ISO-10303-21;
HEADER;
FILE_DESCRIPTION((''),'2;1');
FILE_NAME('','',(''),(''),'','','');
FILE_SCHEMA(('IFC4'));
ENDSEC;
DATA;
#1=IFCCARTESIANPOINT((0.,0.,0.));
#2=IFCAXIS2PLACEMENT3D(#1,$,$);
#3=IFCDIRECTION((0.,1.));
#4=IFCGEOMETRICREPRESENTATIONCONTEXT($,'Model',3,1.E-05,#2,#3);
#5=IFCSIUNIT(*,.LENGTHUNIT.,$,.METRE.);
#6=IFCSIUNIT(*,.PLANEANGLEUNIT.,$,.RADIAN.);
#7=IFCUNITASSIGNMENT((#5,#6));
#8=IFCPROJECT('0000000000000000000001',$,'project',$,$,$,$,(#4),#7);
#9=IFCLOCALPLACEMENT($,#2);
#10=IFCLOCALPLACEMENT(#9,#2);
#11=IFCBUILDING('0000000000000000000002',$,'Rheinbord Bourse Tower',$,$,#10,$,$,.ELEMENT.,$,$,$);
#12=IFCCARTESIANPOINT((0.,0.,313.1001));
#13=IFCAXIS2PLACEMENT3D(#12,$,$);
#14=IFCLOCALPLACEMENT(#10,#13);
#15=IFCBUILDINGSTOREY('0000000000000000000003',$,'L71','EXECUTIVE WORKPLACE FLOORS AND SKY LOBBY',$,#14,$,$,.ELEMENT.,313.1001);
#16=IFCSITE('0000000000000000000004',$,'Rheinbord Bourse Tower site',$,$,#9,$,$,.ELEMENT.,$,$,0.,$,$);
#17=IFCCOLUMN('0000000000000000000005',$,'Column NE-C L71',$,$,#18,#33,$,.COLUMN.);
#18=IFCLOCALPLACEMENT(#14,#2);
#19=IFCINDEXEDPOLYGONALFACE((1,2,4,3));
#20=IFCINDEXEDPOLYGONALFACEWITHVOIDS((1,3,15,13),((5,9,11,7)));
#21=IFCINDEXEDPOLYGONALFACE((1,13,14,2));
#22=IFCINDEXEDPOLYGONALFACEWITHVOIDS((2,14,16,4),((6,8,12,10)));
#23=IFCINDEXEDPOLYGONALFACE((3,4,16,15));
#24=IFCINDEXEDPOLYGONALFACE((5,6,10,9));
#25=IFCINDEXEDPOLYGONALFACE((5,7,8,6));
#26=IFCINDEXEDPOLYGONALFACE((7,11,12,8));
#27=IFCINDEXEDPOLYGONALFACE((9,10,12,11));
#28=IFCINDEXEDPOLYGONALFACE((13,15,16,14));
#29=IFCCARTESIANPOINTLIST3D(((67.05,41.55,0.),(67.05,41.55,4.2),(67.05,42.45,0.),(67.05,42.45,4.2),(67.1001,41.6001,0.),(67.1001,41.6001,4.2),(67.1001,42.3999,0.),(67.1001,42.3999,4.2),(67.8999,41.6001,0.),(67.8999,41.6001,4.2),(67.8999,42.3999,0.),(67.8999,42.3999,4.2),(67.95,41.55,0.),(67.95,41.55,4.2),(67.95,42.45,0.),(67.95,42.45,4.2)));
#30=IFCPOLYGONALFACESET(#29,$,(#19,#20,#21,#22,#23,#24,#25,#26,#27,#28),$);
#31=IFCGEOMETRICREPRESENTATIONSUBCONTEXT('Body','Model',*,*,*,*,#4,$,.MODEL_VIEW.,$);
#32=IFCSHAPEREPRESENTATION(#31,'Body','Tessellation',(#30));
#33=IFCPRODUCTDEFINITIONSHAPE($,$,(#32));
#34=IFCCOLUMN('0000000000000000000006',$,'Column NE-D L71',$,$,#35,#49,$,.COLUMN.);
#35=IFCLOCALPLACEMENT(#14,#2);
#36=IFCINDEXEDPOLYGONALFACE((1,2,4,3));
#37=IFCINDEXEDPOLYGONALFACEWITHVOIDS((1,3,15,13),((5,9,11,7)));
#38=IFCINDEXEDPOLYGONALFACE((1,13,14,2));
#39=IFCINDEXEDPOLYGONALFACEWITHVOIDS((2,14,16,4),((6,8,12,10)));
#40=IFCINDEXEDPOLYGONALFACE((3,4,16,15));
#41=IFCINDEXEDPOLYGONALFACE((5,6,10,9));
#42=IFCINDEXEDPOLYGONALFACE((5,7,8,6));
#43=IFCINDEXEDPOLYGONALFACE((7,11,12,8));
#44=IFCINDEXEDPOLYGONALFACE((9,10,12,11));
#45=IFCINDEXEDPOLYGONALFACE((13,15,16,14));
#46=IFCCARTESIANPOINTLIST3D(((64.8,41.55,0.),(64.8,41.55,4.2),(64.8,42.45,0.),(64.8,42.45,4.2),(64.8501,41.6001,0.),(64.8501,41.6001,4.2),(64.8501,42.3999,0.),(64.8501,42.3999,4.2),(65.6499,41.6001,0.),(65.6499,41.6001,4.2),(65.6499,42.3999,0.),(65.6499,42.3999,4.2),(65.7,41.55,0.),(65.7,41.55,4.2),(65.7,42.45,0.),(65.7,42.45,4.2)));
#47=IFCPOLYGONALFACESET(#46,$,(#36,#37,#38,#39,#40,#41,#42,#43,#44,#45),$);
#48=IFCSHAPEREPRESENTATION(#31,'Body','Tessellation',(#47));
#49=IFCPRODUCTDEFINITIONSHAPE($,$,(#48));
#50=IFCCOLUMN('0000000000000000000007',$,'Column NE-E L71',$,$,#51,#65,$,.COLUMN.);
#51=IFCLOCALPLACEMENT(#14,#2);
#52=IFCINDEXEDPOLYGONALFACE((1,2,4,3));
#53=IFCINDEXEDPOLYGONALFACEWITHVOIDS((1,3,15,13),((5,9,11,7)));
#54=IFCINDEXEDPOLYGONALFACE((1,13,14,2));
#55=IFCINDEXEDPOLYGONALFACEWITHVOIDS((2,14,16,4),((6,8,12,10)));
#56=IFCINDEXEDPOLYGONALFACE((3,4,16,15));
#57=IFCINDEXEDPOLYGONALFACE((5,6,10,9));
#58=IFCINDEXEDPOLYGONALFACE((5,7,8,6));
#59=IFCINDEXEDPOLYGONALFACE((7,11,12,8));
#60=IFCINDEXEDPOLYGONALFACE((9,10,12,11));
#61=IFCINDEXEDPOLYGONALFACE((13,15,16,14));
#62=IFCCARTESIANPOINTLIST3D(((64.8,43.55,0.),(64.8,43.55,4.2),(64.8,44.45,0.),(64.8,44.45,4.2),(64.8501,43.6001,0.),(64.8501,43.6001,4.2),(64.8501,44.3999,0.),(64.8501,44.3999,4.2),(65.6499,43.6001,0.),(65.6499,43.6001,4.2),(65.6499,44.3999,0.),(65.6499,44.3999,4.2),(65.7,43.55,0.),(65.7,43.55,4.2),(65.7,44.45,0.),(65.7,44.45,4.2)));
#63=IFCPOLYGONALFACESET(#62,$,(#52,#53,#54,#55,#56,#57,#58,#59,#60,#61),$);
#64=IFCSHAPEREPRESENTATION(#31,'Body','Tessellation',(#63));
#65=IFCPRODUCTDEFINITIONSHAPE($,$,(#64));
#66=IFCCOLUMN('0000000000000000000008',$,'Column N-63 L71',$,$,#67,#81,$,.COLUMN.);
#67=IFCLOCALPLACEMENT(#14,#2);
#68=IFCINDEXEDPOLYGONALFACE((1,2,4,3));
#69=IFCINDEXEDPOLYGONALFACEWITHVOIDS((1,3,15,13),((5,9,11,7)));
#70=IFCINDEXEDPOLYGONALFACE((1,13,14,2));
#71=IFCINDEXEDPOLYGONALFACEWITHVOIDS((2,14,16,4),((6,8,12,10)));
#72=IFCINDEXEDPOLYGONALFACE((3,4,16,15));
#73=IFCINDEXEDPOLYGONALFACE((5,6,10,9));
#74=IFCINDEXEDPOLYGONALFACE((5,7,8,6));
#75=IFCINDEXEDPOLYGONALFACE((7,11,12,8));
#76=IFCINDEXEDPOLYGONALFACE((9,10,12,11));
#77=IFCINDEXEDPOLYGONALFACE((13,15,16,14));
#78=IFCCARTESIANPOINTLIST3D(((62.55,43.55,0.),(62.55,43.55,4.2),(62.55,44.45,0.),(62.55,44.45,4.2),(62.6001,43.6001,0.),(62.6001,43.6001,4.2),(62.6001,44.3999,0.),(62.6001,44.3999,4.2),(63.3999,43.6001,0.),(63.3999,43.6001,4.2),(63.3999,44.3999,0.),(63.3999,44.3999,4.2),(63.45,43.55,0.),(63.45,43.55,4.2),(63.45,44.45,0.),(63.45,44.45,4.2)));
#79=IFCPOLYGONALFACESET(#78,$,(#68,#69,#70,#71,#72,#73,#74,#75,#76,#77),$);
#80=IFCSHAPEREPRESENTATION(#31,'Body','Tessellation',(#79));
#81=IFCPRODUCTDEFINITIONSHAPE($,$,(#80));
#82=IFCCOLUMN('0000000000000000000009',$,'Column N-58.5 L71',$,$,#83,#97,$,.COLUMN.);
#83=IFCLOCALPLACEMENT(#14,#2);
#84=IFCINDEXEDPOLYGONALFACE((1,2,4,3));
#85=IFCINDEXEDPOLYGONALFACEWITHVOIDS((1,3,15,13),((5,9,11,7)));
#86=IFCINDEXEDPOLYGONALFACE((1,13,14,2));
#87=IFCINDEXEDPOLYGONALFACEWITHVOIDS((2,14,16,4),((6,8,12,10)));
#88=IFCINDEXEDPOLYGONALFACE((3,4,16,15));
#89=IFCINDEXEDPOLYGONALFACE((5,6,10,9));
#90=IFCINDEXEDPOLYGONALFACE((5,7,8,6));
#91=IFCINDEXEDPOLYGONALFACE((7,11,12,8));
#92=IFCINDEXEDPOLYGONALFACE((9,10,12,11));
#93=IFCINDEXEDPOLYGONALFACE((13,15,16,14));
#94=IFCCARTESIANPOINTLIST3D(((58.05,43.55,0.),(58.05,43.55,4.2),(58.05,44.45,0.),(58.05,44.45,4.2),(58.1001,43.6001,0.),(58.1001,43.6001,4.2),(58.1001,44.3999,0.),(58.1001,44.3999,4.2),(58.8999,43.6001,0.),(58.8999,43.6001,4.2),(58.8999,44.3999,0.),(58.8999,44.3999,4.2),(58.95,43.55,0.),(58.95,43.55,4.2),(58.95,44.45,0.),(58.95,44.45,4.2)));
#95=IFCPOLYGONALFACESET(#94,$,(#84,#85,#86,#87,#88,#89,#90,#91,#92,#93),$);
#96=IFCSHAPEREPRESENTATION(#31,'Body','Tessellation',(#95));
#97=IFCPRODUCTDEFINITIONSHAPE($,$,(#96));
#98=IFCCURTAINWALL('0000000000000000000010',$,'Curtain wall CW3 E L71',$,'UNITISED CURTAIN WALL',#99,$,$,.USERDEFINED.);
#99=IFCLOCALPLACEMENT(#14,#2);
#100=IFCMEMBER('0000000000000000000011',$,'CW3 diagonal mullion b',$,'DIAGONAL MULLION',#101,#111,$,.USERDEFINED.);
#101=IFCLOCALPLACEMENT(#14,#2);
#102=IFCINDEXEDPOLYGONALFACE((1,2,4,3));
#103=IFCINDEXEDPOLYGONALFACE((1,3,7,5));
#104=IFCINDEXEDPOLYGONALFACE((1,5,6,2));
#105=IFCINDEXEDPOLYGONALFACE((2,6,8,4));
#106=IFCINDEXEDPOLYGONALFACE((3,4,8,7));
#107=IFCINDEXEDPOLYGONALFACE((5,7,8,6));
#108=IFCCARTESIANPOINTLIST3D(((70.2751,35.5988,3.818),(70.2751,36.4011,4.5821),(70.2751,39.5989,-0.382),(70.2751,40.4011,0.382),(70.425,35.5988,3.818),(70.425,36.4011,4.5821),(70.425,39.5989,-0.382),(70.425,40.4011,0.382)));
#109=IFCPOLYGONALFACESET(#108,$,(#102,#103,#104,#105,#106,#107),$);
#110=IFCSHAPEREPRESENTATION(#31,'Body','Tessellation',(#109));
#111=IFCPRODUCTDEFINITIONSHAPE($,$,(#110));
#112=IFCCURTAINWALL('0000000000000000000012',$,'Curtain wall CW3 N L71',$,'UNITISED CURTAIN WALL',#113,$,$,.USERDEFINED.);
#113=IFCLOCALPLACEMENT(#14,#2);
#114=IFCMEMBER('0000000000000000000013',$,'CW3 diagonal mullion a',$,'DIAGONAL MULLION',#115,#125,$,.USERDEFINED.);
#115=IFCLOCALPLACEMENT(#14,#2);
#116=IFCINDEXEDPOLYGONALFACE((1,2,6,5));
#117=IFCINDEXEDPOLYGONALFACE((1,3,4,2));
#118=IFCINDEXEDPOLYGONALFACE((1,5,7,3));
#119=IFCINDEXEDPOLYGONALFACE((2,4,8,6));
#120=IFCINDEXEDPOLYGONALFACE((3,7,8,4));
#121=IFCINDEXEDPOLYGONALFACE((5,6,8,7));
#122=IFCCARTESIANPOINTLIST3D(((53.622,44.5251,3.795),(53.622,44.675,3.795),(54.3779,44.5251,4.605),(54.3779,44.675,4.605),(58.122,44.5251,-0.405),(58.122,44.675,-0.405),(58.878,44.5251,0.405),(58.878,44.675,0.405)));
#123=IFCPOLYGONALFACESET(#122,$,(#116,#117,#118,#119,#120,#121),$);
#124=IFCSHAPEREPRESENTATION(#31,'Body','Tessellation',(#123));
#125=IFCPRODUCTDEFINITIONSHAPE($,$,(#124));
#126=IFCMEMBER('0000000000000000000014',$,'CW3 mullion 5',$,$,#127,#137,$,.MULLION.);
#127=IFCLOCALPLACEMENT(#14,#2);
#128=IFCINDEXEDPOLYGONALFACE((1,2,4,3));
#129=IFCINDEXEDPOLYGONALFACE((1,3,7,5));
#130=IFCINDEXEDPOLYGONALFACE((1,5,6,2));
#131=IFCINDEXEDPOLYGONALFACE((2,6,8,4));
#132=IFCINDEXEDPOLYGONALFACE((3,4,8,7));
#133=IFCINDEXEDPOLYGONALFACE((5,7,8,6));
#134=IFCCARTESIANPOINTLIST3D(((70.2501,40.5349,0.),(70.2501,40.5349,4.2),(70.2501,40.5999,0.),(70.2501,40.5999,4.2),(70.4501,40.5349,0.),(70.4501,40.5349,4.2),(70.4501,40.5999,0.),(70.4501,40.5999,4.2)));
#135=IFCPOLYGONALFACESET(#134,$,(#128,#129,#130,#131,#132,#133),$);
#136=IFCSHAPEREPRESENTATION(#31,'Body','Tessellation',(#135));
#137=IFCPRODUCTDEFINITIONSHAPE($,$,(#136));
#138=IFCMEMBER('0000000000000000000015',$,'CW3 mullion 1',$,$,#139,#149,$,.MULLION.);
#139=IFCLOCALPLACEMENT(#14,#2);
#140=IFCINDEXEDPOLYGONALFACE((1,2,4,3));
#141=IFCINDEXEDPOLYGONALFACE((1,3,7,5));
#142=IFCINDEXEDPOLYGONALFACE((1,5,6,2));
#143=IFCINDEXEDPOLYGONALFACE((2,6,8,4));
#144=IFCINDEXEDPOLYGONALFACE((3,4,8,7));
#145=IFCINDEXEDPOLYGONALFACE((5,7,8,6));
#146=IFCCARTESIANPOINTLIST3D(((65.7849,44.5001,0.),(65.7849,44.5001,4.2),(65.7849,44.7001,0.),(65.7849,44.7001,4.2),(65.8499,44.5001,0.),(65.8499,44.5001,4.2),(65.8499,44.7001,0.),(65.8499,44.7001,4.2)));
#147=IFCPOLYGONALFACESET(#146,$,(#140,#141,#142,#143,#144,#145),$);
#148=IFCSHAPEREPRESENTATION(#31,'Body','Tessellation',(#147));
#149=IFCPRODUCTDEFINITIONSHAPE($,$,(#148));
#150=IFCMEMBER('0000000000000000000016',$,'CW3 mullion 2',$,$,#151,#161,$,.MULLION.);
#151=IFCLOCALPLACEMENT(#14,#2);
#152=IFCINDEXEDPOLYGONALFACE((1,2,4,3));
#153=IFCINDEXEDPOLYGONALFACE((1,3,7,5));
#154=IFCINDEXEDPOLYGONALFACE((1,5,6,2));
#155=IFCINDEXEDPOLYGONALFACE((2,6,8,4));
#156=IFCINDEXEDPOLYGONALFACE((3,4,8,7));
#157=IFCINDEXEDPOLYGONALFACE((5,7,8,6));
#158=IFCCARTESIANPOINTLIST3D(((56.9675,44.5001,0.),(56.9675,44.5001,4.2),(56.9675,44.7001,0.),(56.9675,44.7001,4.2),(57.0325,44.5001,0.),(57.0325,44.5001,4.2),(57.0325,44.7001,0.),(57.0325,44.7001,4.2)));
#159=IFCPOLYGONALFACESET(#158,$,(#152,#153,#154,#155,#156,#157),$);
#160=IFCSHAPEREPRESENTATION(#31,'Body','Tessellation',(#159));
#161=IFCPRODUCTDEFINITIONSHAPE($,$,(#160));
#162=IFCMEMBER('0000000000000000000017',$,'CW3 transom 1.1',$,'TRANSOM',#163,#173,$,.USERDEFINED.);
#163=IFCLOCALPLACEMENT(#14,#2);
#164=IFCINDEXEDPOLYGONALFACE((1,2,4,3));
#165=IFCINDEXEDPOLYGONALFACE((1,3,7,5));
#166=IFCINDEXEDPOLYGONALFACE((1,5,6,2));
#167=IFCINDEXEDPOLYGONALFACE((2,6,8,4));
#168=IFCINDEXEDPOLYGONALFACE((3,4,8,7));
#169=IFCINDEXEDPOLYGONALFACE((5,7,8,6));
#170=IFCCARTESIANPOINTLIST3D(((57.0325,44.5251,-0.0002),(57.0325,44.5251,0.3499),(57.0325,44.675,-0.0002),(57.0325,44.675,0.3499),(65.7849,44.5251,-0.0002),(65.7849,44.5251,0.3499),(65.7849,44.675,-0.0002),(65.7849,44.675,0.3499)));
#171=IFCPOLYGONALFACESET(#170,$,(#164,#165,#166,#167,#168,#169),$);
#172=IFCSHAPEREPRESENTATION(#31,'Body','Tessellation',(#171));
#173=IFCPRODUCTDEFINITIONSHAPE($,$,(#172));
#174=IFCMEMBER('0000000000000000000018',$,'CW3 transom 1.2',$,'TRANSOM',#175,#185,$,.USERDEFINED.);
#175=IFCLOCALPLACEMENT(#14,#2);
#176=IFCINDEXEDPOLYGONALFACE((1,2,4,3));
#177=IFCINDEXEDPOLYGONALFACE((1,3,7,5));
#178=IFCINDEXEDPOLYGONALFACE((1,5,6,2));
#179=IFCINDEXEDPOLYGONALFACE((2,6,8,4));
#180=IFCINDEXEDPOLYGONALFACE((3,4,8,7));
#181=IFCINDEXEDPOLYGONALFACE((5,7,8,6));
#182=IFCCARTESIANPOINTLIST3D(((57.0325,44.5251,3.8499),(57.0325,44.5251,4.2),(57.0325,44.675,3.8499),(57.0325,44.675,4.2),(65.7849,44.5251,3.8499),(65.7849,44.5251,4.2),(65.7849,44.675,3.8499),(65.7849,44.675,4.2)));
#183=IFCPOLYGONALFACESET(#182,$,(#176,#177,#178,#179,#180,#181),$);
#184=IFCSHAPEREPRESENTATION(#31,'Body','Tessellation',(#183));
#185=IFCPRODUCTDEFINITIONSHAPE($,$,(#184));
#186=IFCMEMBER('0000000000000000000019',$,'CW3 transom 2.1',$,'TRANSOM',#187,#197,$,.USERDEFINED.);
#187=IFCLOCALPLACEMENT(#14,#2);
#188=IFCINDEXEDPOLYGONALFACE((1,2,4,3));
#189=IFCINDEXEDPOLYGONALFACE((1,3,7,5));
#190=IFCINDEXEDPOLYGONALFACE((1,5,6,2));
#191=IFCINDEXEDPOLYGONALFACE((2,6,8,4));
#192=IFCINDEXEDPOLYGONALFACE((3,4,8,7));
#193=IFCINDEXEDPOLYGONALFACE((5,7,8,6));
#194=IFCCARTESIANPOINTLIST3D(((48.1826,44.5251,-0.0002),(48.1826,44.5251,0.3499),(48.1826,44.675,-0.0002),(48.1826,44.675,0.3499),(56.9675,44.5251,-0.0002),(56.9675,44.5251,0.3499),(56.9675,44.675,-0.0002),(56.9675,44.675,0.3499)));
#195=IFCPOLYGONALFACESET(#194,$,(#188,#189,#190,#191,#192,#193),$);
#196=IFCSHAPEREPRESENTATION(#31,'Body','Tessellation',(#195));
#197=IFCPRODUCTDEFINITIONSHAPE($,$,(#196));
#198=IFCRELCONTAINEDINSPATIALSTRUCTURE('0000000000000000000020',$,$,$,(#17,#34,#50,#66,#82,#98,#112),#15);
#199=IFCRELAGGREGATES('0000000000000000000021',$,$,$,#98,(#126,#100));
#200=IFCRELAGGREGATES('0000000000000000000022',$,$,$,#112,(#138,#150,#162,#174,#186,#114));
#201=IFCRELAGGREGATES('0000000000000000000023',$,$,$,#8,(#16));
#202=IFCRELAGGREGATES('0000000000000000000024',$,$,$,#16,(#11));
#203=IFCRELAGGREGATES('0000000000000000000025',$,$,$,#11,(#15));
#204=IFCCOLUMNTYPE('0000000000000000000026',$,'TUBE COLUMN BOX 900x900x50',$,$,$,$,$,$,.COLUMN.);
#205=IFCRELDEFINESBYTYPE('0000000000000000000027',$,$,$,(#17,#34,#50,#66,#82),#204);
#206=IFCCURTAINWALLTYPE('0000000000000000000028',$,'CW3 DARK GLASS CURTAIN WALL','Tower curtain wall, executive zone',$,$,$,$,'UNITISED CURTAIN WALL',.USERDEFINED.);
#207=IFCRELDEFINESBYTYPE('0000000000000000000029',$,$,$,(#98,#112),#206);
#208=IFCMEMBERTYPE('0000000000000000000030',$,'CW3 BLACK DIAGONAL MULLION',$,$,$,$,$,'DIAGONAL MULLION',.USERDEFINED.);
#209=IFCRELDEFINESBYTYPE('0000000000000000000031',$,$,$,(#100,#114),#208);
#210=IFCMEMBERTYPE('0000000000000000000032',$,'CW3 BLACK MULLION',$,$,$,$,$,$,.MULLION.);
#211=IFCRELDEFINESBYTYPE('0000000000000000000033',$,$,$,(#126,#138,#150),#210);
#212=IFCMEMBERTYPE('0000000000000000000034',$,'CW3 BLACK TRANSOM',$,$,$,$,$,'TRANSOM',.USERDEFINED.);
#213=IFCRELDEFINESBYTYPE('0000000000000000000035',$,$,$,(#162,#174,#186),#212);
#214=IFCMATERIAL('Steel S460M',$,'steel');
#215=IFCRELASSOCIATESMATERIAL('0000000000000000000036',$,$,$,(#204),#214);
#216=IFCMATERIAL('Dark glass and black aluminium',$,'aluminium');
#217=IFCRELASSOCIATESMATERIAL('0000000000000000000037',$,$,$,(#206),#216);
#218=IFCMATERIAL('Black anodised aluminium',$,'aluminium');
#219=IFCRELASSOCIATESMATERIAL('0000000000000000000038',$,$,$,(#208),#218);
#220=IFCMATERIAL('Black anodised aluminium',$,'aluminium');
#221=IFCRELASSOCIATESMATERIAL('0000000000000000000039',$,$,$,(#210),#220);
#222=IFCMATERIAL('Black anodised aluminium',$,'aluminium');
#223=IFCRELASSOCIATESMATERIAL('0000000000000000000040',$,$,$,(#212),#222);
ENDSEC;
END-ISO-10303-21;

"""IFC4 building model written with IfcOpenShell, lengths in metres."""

from ifc_helpers import new_model, si_unit, direction, frame, origin, origin_2d, place, context, subcontext, project, spatial, rectangle, hollow_rectangle, extrude, material, material_profile, profile_set, type_object, element, aggregate, save


model = new_model("IFC4")

# Units and contexts
model_context = context("Model", 3, precision=1e-05, world=origin(), true_north=direction((0.0, 1.0)))
body_context = subcontext(model_context, "Body", "Model", "MODEL_VIEW")
ifc_project = project(units=[si_unit("LENGTHUNIT", "METRE"), si_unit("PLANEANGLEUNIT", "RADIAN")], contexts=[model_context])

# Site, building, storey
site_placement = place(None, origin())
site = spatial("IfcSite", under=ifc_project, at=site_placement, Name="Rheinbord Bourse Tower site", CompositionType="ELEMENT", RefElevation=0.0)
building_placement = place(site_placement, origin())
building = spatial("IfcBuilding", under=site, at=building_placement, Name="Rheinbord Bourse Tower", CompositionType="ELEMENT")
storey_placement = place(building_placement, frame((0.0, 0.0, 313.1001)))
storey = spatial("IfcBuildingStorey", under=building, at=storey_placement, Name="L71", Description="EXECUTIVE WORKPLACE FLOORS AND SKY LOBBY", CompositionType="ELEMENT", Elevation=313.1001)

# Columns
ifc_material_1 = material(Name="Steel S460M", Category="steel")
ifc_material_profile_1 = material_profile(ifc_material_1, hollow_rectangle(XDim=0.8999, YDim=0.8999, WallThickness=0.05, at=origin_2d()), Name="BOX 900x900x50")
ifc_profile_set_1 = profile_set([ifc_material_profile_1], Name="Steel S460M")
column_type = type_object("IfcColumnType", Name="TUBE COLUMN BOX 900x900x50", PredefinedType="COLUMN", material=ifc_profile_set_1)
for number, where, z_axis, x_axis, name in (
    (1, (67.5, 42.0, 0.0), (0.0, 0.0, 1.0), (1.0, 0.0, 0.0), "Column NE-C L71"),
    (2, (65.25, 42.0, 0.0), (0.0, 0.0, 1.0), (0.0, 1.0, 0.0), "Column NE-D L71"),
    (3, (65.25, 44.0, 0.0), (0.0, 0.0, 1.0), (0.0, 1.0, 0.0), "Column NE-E L71"),
    (4, (63.0, 44.0, 0.0), (0.0, 0.0, 1.0), (0.0, 1.0, 0.0), "Column N-63 L71"),
    (5, (58.5, 44.0, 0.0), (0.0, 0.0, 1.0), (0.0, 1.0, 0.0), "Column N-58.5 L71"),
):
    element("IfcColumn", number, at=place(storey_placement, frame(where, z_axis=z_axis, x_axis=x_axis)), inside=storey, type_object=column_type, Name=name, PredefinedType="COLUMN", context=body_context, shape_type="SweptSolid", body=[
        extrude(hollow_rectangle(XDim=0.8999, YDim=0.8999, WallThickness=0.05, at=origin_2d()), origin(), (0.0, 0.0, 1.0), 4.2),
    ])

# Curtain walls, members
ifc_material_2 = material(Name="Dark glass and black aluminium", Category="aluminium")
curtain_wall_type = type_object("IfcCurtainWallType", Name="CW3 DARK GLASS CURTAIN WALL", Description="Tower curtain wall, executive zone", ElementType="UNITISED CURTAIN WALL", PredefinedType="USERDEFINED", material=ifc_material_2)
curtain_wall_1_placement = place(storey_placement, origin())
curtain_wall_1 = element("IfcCurtainWall", 6, at=curtain_wall_1_placement, inside=storey, type_object=curtain_wall_type, Name="Curtain wall CW3 E L71", ObjectType="UNITISED CURTAIN WALL", PredefinedType="USERDEFINED")
ifc_material_3 = material(Name="Black anodised aluminium", Category="aluminium")
ifc_material_profile_2 = material_profile(ifc_material_3, rectangle(XDim=0.1499, YDim=1.1079, at=origin_2d()), Name="CW3 DIAGONAL MULLION 1108x150")
ifc_profile_set_2 = profile_set([ifc_material_profile_2], Name="Black anodised aluminium")
member_type_1 = type_object("IfcMemberType", Name="CW3 BLACK DIAGONAL MULLION", ElementType="DIAGONAL MULLION", PredefinedType="USERDEFINED", material=ifc_profile_set_2)
member_1_placement = place(storey_placement, frame((70.3501, 40.0, 0.0), z_axis=(0.0, -0.689659, 0.724134), x_axis=(1.0, 0.0, 0.0)))
member_1 = element("IfcMember", 7, at=member_1_placement, type_object=member_type_1, Name="CW3 diagonal mullion b", ObjectType="DIAGONAL MULLION", PredefinedType="USERDEFINED", context=body_context, shape_type="SweptSolid", body=[
    extrude(rectangle(XDim=0.1499, YDim=1.1079, at=origin_2d()), origin(), (0.0, 0.0, 1.0), 5.8),
])
curtain_wall_2_placement = place(storey_placement, origin())
curtain_wall_2 = element("IfcCurtainWall", 8, at=curtain_wall_2_placement, inside=storey, type_object=curtain_wall_type, Name="Curtain wall CW3 N L71", ObjectType="UNITISED CURTAIN WALL", PredefinedType="USERDEFINED")
member_2_placement = place(storey_placement, frame((58.5, 44.6001, 0.0), z_axis=(-0.731059, 0.0, 0.682314), x_axis=(0.0, -1.0, 0.0)))
member_2 = element("IfcMember", 9, at=member_2_placement, type_object=member_type_1, Name="CW3 diagonal mullion a", ObjectType="DIAGONAL MULLION", PredefinedType="USERDEFINED", context=body_context, shape_type="SweptSolid", body=[
    extrude(rectangle(XDim=0.1499, YDim=1.1079, at=origin_2d()), origin(), (0.0, 0.0, 1.0), 6.1555),
])

# Members
ifc_material_4 = material(Name="Black anodised aluminium", Category="aluminium")
ifc_material_profile_3 = material_profile(ifc_material_4, rectangle(XDim=0.2, YDim=0.0649, at=origin_2d()), Name="CW3 MULLION 65x200")
ifc_profile_set_3 = profile_set([ifc_material_profile_3], Name="Black anodised aluminium")
member_type_2 = type_object("IfcMemberType", Name="CW3 BLACK MULLION", PredefinedType="MULLION", material=ifc_profile_set_3)
member_3_placement = place(storey_placement, frame((70.3501, 40.5674, 0.0), z_axis=(0.0, 0.0, 1.0), x_axis=(-1.0, 0.0, 0.0)))
member_3 = element("IfcMember", 10, at=member_3_placement, type_object=member_type_2, Name="CW3 mullion 5", PredefinedType="MULLION", context=body_context, shape_type="SweptSolid", body=[
    extrude(rectangle(XDim=0.2, YDim=0.0649, at=origin_2d()), origin(), (0.0, 0.0, 1.0), 4.2),
])
member_4_placement = place(storey_placement, frame((65.8174, 44.6001, 0.0), z_axis=(0.0, 0.0, 1.0), x_axis=(0.0, -1.0, 0.0)))
member_4 = element("IfcMember", 11, at=member_4_placement, type_object=member_type_2, Name="CW3 mullion 1", PredefinedType="MULLION", context=body_context, shape_type="SweptSolid", body=[
    extrude(rectangle(XDim=0.2, YDim=0.0649, at=origin_2d()), origin(), (0.0, 0.0, 1.0), 4.2),
])
member_5_placement = place(storey_placement, frame((57.0, 44.6001, 0.0), z_axis=(0.0, 0.0, 1.0), x_axis=(0.0, -1.0, 0.0)))
member_5 = element("IfcMember", 12, at=member_5_placement, type_object=member_type_2, Name="CW3 mullion 2", PredefinedType="MULLION", context=body_context, shape_type="SweptSolid", body=[
    extrude(rectangle(XDim=0.2, YDim=0.0649, at=origin_2d()), origin(), (0.0, 0.0, 1.0), 4.2),
])
ifc_material_5 = material(Name="Black anodised aluminium", Category="aluminium")
ifc_material_profile_4 = material_profile(ifc_material_5, rectangle(XDim=0.1499, YDim=0.3501, at=origin_2d()), Name="CW3 TRANSOM 350x150")
ifc_profile_set_4 = profile_set([ifc_material_profile_4], Name="Black anodised aluminium")
member_type_3 = type_object("IfcMemberType", Name="CW3 BLACK TRANSOM", ElementType="TRANSOM", PredefinedType="USERDEFINED", material=ifc_profile_set_4)
member_6_placement = place(storey_placement, frame((65.7849, 44.6001, 0.1748), z_axis=(-1.0, 0.0, 0.0), x_axis=(0.0, -1.0, 0.0)))
member_6 = element("IfcMember", 13, at=member_6_placement, type_object=member_type_3, Name="CW3 transom 1.1", ObjectType="TRANSOM", PredefinedType="USERDEFINED", context=body_context, shape_type="SweptSolid", body=[
    extrude(rectangle(XDim=0.1499, YDim=0.3501, at=origin_2d()), origin(), (0.0, 0.0, 1.0), 8.7524),
])
member_7_placement = place(storey_placement, frame((65.7849, 44.6001, 4.0249), z_axis=(-1.0, 0.0, 0.0), x_axis=(0.0, -1.0, 0.0)))
member_7 = element("IfcMember", 14, at=member_7_placement, type_object=member_type_3, Name="CW3 transom 1.2", ObjectType="TRANSOM", PredefinedType="USERDEFINED", context=body_context, shape_type="SweptSolid", body=[
    extrude(rectangle(XDim=0.1499, YDim=0.3501, at=origin_2d()), origin(), (0.0, 0.0, 1.0), 8.7524),
])
member_8_placement = place(storey_placement, frame((56.9675, 44.6001, 0.1748), z_axis=(-1.0, 0.0, 0.0), x_axis=(0.0, -1.0, 0.0)))
member_8 = element("IfcMember", 15, at=member_8_placement, type_object=member_type_3, Name="CW3 transom 2.1", ObjectType="TRANSOM", PredefinedType="USERDEFINED", context=body_context, shape_type="SweptSolid", body=[
    extrude(rectangle(XDim=0.1499, YDim=0.3501, at=origin_2d()), origin(), (0.0, 0.0, 1.0), 8.7849),
])

aggregate(curtain_wall_1, [member_3, member_1])
aggregate(curtain_wall_2, [member_4, member_5, member_6, member_7, member_8, member_2])

save(model, "model.ifc")
